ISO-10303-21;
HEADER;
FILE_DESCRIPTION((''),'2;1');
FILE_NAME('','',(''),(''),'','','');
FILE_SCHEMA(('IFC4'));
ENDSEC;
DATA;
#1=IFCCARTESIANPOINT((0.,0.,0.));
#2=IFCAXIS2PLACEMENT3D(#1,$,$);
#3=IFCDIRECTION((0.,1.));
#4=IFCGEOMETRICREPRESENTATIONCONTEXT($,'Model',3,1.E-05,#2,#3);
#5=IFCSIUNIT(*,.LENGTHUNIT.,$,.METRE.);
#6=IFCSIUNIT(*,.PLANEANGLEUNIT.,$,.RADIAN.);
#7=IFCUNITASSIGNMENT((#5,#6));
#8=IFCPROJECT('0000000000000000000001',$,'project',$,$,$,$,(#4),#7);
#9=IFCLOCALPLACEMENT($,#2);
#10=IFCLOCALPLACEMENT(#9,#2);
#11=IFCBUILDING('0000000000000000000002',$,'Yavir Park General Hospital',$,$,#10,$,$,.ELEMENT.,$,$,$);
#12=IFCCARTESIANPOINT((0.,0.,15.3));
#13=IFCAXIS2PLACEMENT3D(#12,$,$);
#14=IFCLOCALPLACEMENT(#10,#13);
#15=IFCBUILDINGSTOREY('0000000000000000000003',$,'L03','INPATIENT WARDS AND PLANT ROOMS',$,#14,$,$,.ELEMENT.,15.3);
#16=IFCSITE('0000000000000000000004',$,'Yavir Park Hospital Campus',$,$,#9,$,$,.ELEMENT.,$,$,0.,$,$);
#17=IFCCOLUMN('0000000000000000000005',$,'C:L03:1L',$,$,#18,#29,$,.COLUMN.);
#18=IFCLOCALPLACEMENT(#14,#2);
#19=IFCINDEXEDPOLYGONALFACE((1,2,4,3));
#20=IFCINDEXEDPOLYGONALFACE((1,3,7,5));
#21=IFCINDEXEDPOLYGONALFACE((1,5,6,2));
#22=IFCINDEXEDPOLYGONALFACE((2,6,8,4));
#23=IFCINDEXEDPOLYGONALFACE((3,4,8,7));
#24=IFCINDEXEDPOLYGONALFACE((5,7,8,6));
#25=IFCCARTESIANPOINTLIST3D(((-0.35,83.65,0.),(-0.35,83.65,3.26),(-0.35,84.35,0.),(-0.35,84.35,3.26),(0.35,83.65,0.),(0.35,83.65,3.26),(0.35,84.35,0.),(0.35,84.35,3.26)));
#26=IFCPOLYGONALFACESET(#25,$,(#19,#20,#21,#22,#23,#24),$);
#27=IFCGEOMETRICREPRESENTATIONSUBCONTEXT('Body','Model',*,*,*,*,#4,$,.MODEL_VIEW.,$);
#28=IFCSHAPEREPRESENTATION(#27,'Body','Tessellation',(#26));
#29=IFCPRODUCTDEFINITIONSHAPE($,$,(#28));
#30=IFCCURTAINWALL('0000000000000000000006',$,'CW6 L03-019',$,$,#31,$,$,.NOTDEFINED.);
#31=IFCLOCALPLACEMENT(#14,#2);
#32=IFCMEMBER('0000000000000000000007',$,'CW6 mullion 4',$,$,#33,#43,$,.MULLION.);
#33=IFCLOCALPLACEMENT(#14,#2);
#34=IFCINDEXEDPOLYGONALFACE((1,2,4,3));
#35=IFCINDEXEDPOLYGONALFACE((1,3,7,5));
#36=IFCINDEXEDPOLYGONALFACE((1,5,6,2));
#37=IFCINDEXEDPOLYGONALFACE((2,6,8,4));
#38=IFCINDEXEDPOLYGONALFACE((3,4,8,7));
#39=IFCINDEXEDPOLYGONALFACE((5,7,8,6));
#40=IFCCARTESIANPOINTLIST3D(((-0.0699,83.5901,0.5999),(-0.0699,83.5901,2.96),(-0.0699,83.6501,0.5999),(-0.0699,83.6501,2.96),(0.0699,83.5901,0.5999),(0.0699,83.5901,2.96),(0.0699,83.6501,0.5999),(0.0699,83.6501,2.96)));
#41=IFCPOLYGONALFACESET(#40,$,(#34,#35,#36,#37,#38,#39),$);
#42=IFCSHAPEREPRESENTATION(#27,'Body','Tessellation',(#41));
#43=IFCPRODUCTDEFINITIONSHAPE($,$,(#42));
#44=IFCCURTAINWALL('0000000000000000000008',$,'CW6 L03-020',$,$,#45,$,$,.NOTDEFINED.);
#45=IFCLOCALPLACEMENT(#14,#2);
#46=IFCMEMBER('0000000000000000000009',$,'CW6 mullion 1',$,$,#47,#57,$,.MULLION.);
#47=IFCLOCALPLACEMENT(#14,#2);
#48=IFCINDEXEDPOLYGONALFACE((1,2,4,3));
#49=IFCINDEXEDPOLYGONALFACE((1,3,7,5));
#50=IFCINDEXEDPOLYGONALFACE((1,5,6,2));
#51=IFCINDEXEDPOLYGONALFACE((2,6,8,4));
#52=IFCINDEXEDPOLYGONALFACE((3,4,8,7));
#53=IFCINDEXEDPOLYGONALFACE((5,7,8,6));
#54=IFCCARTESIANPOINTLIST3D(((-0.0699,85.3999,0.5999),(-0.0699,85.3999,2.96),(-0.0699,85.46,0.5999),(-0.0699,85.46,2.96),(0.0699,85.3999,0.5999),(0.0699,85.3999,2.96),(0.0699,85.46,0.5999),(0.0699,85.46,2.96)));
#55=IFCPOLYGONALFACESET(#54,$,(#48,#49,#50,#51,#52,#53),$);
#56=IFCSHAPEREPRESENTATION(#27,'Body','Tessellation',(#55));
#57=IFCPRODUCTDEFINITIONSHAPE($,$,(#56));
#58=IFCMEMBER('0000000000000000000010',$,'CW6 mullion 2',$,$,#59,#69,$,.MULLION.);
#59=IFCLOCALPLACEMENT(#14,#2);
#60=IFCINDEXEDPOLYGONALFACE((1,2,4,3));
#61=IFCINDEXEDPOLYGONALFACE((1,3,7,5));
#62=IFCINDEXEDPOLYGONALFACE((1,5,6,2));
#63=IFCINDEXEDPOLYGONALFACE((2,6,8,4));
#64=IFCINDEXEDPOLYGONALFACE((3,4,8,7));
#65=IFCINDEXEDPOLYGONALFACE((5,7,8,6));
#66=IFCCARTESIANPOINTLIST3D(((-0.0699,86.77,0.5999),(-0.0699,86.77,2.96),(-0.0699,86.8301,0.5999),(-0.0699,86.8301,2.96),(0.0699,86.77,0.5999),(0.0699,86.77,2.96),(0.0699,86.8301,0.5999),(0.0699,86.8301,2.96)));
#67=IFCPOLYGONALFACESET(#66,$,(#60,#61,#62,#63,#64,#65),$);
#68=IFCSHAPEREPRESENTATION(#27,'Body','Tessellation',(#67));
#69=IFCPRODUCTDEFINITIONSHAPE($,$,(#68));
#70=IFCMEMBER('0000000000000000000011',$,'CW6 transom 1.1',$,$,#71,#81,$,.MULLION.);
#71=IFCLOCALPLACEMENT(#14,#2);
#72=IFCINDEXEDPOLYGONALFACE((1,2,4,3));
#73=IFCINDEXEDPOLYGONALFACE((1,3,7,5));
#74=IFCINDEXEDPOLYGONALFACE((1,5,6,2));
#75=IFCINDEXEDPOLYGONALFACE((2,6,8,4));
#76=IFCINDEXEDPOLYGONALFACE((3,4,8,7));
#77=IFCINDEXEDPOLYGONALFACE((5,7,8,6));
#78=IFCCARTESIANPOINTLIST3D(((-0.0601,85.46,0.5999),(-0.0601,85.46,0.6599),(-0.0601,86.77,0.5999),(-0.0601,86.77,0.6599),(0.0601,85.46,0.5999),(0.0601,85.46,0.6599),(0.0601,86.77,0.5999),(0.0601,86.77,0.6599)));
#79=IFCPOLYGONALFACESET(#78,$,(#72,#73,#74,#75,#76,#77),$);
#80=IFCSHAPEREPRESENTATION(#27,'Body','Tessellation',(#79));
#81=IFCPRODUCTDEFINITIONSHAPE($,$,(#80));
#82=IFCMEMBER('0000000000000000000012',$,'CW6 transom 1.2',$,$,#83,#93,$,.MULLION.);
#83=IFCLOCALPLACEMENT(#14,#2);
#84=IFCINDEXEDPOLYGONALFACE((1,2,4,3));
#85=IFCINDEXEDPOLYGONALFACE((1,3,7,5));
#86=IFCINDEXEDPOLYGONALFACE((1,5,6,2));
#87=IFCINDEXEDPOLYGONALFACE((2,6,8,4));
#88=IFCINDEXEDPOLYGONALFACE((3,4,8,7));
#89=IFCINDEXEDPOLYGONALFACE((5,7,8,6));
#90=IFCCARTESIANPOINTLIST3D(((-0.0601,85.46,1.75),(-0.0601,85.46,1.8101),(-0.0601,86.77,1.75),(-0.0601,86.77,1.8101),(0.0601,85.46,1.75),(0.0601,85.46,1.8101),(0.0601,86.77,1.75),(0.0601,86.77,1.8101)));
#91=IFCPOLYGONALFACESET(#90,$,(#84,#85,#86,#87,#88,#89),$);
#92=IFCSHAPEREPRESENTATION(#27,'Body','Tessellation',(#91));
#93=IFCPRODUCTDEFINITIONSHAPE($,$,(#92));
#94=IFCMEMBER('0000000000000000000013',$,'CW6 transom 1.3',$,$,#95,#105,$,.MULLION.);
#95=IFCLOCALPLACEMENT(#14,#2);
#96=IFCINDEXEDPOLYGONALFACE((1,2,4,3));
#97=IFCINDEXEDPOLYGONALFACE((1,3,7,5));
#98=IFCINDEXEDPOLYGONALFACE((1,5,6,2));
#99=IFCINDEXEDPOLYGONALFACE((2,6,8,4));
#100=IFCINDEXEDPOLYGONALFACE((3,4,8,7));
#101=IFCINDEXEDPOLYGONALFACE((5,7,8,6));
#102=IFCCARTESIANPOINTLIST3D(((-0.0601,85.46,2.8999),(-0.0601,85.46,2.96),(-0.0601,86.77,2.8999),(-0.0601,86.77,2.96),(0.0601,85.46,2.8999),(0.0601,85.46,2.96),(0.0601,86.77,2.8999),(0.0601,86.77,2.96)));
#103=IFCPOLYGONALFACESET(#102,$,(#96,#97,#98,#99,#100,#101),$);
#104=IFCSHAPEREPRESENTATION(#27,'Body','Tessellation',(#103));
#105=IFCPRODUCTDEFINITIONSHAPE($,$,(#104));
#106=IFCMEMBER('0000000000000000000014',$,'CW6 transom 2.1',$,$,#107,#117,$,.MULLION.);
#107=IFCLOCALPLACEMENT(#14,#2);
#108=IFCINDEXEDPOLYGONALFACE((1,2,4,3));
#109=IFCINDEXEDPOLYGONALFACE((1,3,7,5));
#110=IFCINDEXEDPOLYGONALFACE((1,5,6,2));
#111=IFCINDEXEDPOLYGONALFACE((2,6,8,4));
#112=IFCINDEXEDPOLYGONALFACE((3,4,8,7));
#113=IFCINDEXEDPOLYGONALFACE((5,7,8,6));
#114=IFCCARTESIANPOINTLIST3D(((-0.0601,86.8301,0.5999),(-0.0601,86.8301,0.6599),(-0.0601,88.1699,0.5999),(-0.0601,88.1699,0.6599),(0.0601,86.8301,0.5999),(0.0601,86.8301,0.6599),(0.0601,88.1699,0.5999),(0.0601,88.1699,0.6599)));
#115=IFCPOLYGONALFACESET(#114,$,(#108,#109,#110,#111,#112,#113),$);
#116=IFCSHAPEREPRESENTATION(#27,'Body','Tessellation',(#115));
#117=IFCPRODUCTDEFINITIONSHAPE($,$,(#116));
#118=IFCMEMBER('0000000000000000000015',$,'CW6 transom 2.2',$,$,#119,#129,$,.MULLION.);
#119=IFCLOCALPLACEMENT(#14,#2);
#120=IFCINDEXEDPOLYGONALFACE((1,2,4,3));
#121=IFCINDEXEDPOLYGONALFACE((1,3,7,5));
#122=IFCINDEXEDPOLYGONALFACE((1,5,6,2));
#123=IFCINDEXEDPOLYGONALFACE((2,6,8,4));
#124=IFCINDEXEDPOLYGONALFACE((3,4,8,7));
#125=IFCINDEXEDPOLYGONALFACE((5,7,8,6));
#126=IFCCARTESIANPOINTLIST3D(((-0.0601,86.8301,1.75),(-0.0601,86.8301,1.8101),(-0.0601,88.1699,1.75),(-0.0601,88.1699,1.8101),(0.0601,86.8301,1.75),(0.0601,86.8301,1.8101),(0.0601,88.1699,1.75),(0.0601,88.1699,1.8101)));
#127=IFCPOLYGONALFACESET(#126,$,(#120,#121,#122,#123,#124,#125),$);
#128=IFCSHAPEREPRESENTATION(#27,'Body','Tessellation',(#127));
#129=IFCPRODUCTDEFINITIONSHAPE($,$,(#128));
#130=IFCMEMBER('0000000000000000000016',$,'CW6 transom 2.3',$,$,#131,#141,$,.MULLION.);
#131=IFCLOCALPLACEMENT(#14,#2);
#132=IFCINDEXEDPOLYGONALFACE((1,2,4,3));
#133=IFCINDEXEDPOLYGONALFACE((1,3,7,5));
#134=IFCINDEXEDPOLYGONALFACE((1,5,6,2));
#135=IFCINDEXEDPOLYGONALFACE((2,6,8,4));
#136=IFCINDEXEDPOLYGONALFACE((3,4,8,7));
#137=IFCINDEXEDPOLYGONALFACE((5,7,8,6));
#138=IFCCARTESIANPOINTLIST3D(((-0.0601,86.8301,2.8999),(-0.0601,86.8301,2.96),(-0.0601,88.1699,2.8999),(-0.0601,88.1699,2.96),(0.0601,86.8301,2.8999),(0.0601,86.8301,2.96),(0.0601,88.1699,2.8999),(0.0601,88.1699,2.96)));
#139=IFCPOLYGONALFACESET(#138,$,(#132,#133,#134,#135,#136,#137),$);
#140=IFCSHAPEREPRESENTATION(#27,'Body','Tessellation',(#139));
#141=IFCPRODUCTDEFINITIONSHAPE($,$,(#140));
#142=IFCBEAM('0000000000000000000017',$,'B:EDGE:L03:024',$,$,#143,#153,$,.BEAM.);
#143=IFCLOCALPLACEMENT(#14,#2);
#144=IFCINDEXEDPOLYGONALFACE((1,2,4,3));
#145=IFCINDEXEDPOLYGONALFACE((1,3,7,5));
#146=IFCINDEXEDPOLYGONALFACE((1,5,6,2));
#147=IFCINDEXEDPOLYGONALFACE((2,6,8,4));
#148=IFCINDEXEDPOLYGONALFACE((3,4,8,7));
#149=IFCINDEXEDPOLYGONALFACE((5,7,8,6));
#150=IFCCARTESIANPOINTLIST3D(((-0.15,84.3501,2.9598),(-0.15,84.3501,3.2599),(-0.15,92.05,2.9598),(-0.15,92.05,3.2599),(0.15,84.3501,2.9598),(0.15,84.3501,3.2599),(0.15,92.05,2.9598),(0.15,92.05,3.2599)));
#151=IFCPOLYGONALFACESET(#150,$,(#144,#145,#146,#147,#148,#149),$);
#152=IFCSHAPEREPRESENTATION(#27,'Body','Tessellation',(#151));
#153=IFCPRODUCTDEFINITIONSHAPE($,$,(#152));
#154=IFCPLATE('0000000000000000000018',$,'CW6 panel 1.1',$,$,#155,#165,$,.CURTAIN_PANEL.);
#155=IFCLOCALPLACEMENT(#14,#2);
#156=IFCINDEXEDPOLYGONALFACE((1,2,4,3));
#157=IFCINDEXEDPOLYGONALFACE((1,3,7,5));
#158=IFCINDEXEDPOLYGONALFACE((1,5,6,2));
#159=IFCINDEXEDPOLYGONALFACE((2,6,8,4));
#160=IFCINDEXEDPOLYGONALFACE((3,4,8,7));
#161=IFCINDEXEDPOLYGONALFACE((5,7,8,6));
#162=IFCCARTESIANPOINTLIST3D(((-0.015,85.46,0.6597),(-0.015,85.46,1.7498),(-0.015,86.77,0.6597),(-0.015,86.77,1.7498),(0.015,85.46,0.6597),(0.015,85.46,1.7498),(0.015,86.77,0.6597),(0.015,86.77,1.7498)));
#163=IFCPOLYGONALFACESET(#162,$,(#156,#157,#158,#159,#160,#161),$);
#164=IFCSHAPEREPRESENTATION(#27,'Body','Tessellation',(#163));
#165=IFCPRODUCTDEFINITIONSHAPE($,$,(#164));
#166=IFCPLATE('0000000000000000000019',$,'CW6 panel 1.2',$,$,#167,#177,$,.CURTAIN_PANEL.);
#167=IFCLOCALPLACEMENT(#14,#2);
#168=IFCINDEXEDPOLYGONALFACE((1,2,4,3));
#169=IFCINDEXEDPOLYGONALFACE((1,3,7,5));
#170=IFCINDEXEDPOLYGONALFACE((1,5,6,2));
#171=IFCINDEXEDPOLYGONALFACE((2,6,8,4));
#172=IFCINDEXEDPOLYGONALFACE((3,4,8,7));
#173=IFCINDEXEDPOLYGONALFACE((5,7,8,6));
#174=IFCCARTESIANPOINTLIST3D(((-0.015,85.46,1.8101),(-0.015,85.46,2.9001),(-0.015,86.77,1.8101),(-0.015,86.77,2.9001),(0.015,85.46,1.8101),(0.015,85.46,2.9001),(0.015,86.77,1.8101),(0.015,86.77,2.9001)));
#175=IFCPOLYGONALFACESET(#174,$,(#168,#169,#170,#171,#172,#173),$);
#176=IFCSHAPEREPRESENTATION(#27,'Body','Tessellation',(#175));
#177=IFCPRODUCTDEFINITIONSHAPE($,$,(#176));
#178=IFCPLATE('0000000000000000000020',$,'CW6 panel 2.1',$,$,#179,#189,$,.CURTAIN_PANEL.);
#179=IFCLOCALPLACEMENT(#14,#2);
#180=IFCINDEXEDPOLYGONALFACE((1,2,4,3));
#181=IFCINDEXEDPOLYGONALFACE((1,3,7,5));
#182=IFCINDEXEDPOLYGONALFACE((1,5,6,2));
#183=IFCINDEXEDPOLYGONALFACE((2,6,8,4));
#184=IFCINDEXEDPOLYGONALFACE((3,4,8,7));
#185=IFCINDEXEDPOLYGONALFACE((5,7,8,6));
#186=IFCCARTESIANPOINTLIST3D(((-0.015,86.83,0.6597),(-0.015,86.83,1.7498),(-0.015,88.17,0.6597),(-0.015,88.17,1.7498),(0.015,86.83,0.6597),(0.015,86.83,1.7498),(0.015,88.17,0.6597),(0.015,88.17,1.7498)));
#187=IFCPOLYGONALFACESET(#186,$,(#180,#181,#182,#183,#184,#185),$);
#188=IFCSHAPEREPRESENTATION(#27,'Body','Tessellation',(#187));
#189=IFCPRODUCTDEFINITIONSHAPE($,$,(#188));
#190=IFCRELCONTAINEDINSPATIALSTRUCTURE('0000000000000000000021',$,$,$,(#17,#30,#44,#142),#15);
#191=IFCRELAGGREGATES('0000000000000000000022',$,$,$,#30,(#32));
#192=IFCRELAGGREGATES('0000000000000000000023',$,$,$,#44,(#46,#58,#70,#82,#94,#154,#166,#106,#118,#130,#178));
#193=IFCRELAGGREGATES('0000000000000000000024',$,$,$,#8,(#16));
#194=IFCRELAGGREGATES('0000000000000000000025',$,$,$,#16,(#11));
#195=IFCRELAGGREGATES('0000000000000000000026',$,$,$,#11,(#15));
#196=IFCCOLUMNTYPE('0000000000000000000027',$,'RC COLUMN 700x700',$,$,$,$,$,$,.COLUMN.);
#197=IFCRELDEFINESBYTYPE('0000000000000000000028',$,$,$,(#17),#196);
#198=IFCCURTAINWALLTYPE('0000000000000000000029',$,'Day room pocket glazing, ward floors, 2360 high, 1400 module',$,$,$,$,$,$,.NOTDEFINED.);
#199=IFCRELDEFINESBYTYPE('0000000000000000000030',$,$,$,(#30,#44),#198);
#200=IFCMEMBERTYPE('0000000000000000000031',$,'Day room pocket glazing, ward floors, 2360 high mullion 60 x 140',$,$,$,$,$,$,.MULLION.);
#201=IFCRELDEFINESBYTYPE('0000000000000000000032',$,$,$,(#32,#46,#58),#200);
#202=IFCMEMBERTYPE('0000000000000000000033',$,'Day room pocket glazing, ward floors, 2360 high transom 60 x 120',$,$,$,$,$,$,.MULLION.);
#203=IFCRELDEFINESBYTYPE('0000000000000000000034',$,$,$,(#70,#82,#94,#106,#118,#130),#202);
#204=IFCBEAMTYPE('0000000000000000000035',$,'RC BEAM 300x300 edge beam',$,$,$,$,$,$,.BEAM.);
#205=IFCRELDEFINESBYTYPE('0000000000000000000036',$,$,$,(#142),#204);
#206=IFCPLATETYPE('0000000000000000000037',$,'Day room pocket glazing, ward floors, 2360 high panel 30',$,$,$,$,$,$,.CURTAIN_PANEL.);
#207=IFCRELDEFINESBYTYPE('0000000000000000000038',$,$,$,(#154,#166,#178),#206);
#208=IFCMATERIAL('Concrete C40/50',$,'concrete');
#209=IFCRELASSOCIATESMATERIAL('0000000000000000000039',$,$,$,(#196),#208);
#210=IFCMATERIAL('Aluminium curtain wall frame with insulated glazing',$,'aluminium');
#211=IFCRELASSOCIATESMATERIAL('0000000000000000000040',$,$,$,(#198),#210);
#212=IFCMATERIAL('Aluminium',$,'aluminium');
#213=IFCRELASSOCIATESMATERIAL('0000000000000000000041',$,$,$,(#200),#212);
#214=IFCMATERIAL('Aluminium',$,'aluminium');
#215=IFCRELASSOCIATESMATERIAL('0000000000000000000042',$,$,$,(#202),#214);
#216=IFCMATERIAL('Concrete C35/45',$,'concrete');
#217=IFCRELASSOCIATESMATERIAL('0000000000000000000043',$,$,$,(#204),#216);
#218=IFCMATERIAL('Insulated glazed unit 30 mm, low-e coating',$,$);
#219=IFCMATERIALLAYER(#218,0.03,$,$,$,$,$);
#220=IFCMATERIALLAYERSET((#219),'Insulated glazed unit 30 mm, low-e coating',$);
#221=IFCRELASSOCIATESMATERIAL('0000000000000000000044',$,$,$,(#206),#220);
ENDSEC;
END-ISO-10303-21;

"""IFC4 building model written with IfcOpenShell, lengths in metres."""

from ifc_helpers import new_model, si_unit, direction, frame, origin, origin_2d, place, context, subcontext, project, spatial, rectangle, extrude, material, layer, layer_set, material_profile, profile_set, type_object, element, aggregate, save


model = new_model("IFC4")

# Units and contexts
model_context = context("Model", 3, precision=1e-05, world=origin(), true_north=direction((0.0, 1.0)))
body_context = subcontext(model_context, "Body", "Model", "MODEL_VIEW")
ifc_project = project(units=[si_unit("LENGTHUNIT", "METRE"), si_unit("PLANEANGLEUNIT", "RADIAN")], contexts=[model_context])

# Site, building, storey
site_placement = place(None, origin())
site = spatial("IfcSite", under=ifc_project, at=site_placement, Name="Yavir Park Hospital Campus", CompositionType="ELEMENT", RefElevation=0.0)
building_placement = place(site_placement, origin())
building = spatial("IfcBuilding", under=site, at=building_placement, Name="Yavir Park General Hospital", CompositionType="ELEMENT")
storey_placement = place(building_placement, frame((0.0, 0.0, 15.3)))
storey = spatial("IfcBuildingStorey", under=building, at=storey_placement, Name="L03", Description="INPATIENT WARDS AND PLANT ROOMS", CompositionType="ELEMENT", Elevation=15.3)

# Column
ifc_material_1 = material(Name="Concrete C40/50", Category="concrete")
ifc_material_profile_1 = material_profile(ifc_material_1, rectangle(XDim=0.7, YDim=0.7, at=origin_2d()), Name="RC700x700")
ifc_profile_set_1 = profile_set([ifc_material_profile_1], Name="Concrete C40/50")
column_type = type_object("IfcColumnType", Name="RC COLUMN 700x700", PredefinedType="COLUMN", material=ifc_profile_set_1)
column_placement = place(storey_placement, frame((0.0, 84.0, 0.0), z_axis=(0.0, 0.0, 1.0), x_axis=(1.0, 0.0, 0.0)))
element("IfcColumn", 1, at=column_placement, inside=storey, type_object=column_type, Name="C:L03:1L", PredefinedType="COLUMN", context=body_context, shape_type="SweptSolid", body=[
    extrude(rectangle(XDim=0.7, YDim=0.7, at=origin_2d()), origin(), (0.0, 0.0, 1.0), 3.26),
])

# Curtain wall, member
ifc_material_2 = material(Name="Aluminium curtain wall frame with insulated glazing", Category="aluminium")
curtain_wall_type = type_object("IfcCurtainWallType", Name="Day room pocket glazing, ward floors, 2360 high, 1400 module", PredefinedType="NOTDEFINED", material=ifc_material_2)
curtain_wall_1_placement = place(storey_placement, origin())
curtain_wall_1 = element("IfcCurtainWall", 2, at=curtain_wall_1_placement, inside=storey, type_object=curtain_wall_type, Name="CW6 L03-019", PredefinedType="NOTDEFINED")
ifc_material_3 = material(Name="Aluminium", Category="aluminium")
ifc_material_profile_2 = material_profile(ifc_material_3, rectangle(XDim=0.1399, YDim=0.0601, at=origin_2d()), Name="AL 60x140")
ifc_profile_set_2 = profile_set([ifc_material_profile_2], Name="Aluminium")
member_type_1 = type_object("IfcMemberType", Name="Day room pocket glazing, ward floors, 2360 high mullion 60 x 140", PredefinedType="MULLION", material=ifc_profile_set_2)
member_1_placement = place(storey_placement, frame((0.0, 83.6201, 0.5999), z_axis=(0.0, 0.0, 1.0), x_axis=(-1.0, 0.0, 0.0)))
member_1 = element("IfcMember", 3, at=member_1_placement, type_object=member_type_1, Name="CW6 mullion 4", PredefinedType="MULLION", context=body_context, shape_type="SweptSolid", body=[
    extrude(rectangle(XDim=0.1399, YDim=0.0601, at=origin_2d()), origin(), (0.0, 0.0, 1.0), 2.3601),
])
aggregate(curtain_wall_1, [member_1])

# Curtain wall, members
curtain_wall_2_placement = place(storey_placement, origin())
curtain_wall_2 = element("IfcCurtainWall", 4, at=curtain_wall_2_placement, inside=storey, type_object=curtain_wall_type, Name="CW6 L03-020", PredefinedType="NOTDEFINED")
member_2_placement = place(storey_placement, frame((0.0, 85.4299, 0.5999), z_axis=(0.0, 0.0, 1.0), x_axis=(-1.0, 0.0, 0.0)))
member_2 = element("IfcMember", 5, at=member_2_placement, type_object=member_type_1, Name="CW6 mullion 1", PredefinedType="MULLION", context=body_context, shape_type="SweptSolid", body=[
    extrude(rectangle(XDim=0.1399, YDim=0.0601, at=origin_2d()), origin(), (0.0, 0.0, 1.0), 2.3601),
])
member_3_placement = place(storey_placement, frame((0.0, 86.8, 0.5999), z_axis=(0.0, 0.0, 1.0), x_axis=(-1.0, 0.0, 0.0)))
member_3 = element("IfcMember", 6, at=member_3_placement, type_object=member_type_1, Name="CW6 mullion 2", PredefinedType="MULLION", context=body_context, shape_type="SweptSolid", body=[
    extrude(rectangle(XDim=0.1399, YDim=0.0601, at=origin_2d()), origin(), (0.0, 0.0, 1.0), 2.3601),
])
ifc_material_4 = material(Name="Aluminium", Category="aluminium")
ifc_material_profile_3 = material_profile(ifc_material_4, rectangle(XDim=0.1201, YDim=0.0601, at=origin_2d()), Name="AL 120x60")
ifc_profile_set_3 = profile_set([ifc_material_profile_3], Name="Aluminium")
member_type_2 = type_object("IfcMemberType", Name="Day room pocket glazing, ward floors, 2360 high transom 60 x 120", PredefinedType="MULLION", material=ifc_profile_set_3)
member_4_placement = place(storey_placement, frame((0.0, 85.46, 0.6299), z_axis=(0.0, 1.0, 0.0), x_axis=(-1.0, 0.0, 0.0)))
member_4 = element("IfcMember", 7, at=member_4_placement, type_object=member_type_2, Name="CW6 transom 1.1", PredefinedType="MULLION", context=body_context, shape_type="SweptSolid", body=[
    extrude(rectangle(XDim=0.1201, YDim=0.0601, at=origin_2d()), origin(), (0.0, 0.0, 1.0), 1.3101),
])
member_5_placement = place(storey_placement, frame((0.0, 85.46, 1.78), z_axis=(0.0, 1.0, 0.0), x_axis=(-1.0, 0.0, 0.0)))
member_5 = element("IfcMember", 8, at=member_5_placement, type_object=member_type_2, Name="CW6 transom 1.2", PredefinedType="MULLION", context=body_context, shape_type="SweptSolid", body=[
    extrude(rectangle(XDim=0.1201, YDim=0.0601, at=origin_2d()), origin(), (0.0, 0.0, 1.0), 1.3101),
])
member_6_placement = place(storey_placement, frame((0.0, 85.46, 2.9299), z_axis=(0.0, 1.0, 0.0), x_axis=(-1.0, 0.0, 0.0)))
member_6 = element("IfcMember", 9, at=member_6_placement, type_object=member_type_2, Name="CW6 transom 1.3", PredefinedType="MULLION", context=body_context, shape_type="SweptSolid", body=[
    extrude(rectangle(XDim=0.1201, YDim=0.0601, at=origin_2d()), origin(), (0.0, 0.0, 1.0), 1.3101),
])
member_7_placement = place(storey_placement, frame((0.0, 86.8301, 0.6299), z_axis=(0.0, 1.0, 0.0), x_axis=(-1.0, 0.0, 0.0)))
member_7 = element("IfcMember", 10, at=member_7_placement, type_object=member_type_2, Name="CW6 transom 2.1", PredefinedType="MULLION", context=body_context, shape_type="SweptSolid", body=[
    extrude(rectangle(XDim=0.1201, YDim=0.0601, at=origin_2d()), origin(), (0.0, 0.0, 1.0), 1.3398),
])
member_8_placement = place(storey_placement, frame((0.0, 86.8301, 1.78), z_axis=(0.0, 1.0, 0.0), x_axis=(-1.0, 0.0, 0.0)))
member_8 = element("IfcMember", 11, at=member_8_placement, type_object=member_type_2, Name="CW6 transom 2.2", PredefinedType="MULLION", context=body_context, shape_type="SweptSolid", body=[
    extrude(rectangle(XDim=0.1201, YDim=0.0601, at=origin_2d()), origin(), (0.0, 0.0, 1.0), 1.3398),
])
member_9_placement = place(storey_placement, frame((0.0, 86.8301, 2.9299), z_axis=(0.0, 1.0, 0.0), x_axis=(-1.0, 0.0, 0.0)))
member_9 = element("IfcMember", 12, at=member_9_placement, type_object=member_type_2, Name="CW6 transom 2.3", PredefinedType="MULLION", context=body_context, shape_type="SweptSolid", body=[
    extrude(rectangle(XDim=0.1201, YDim=0.0601, at=origin_2d()), origin(), (0.0, 0.0, 1.0), 1.3398),
])

# Beam
ifc_material_5 = material(Name="Concrete C35/45", Category="concrete")
ifc_material_profile_4 = material_profile(ifc_material_5, rectangle(XDim=0.3, YDim=0.3, at=origin_2d()), Name="RC300x300")
ifc_profile_set_4 = profile_set([ifc_material_profile_4], Name="Concrete C35/45")
beam_type = type_object("IfcBeamType", Name="RC BEAM 300x300 edge beam", PredefinedType="BEAM", material=ifc_profile_set_4)
beam_placement = place(storey_placement, frame((0.0, 84.3501, 3.1099), z_axis=(0.0, 1.0, 0.0), x_axis=(-1.0, 0.0, 0.0)))
element("IfcBeam", 13, at=beam_placement, inside=storey, type_object=beam_type, Name="B:EDGE:L03:024", PredefinedType="BEAM", context=body_context, shape_type="SweptSolid", body=[
    extrude(rectangle(XDim=0.3, YDim=0.3, at=origin_2d()), origin(), (0.0, 0.0, 1.0), 7.7),
])

# Plates
ifc_material_6 = material(Name="Insulated glazed unit 30 mm, low-e coating")
ifc_layer_1 = layer(ifc_material_6, 0.03)
ifc_layer_set_1 = layer_set([ifc_layer_1], Name="Insulated glazed unit 30 mm, low-e coating")
plate_type = type_object("IfcPlateType", Name="Day room pocket glazing, ward floors, 2360 high panel 30", PredefinedType="CURTAIN_PANEL", material=ifc_layer_set_1)
plate_1_placement = place(storey_placement, frame((0.0, 86.115, 0.6597), z_axis=(0.0, 0.0, 1.0), x_axis=(0.0, 1.0, 0.0)))
plate_1 = element("IfcPlate", 14, at=plate_1_placement, type_object=plate_type, Name="CW6 panel 1.1", PredefinedType="CURTAIN_PANEL", context=body_context, shape_type="SweptSolid", body=[
    extrude(rectangle(XDim=1.3101, YDim=0.03, at=origin_2d()), origin(), (0.0, 0.0, 1.0), 1.0901),
])
plate_2_placement = place(storey_placement, frame((0.0, 86.115, 1.8101), z_axis=(0.0, 0.0, 1.0), x_axis=(0.0, 1.0, 0.0)))
plate_2 = element("IfcPlate", 15, at=plate_2_placement, type_object=plate_type, Name="CW6 panel 1.2", PredefinedType="CURTAIN_PANEL", context=body_context, shape_type="SweptSolid", body=[
    extrude(rectangle(XDim=1.3101, YDim=0.03, at=origin_2d()), origin(), (0.0, 0.0, 1.0), 1.0901),
])
plate_3_placement = place(storey_placement, frame((0.0, 87.5, 0.6597), z_axis=(0.0, 0.0, 1.0), x_axis=(0.0, 1.0, 0.0)))
plate_3 = element("IfcPlate", 16, at=plate_3_placement, type_object=plate_type, Name="CW6 panel 2.1", PredefinedType="CURTAIN_PANEL", context=body_context, shape_type="SweptSolid", body=[
    extrude(rectangle(XDim=1.3401, YDim=0.03, at=origin_2d()), origin(), (0.0, 0.0, 1.0), 1.0901),
])
aggregate(curtain_wall_2, [member_2, member_3, member_4, member_5, member_6, plate_1, plate_2, member_7, member_8, member_9, plate_3])

save(model, "model.ifc")
